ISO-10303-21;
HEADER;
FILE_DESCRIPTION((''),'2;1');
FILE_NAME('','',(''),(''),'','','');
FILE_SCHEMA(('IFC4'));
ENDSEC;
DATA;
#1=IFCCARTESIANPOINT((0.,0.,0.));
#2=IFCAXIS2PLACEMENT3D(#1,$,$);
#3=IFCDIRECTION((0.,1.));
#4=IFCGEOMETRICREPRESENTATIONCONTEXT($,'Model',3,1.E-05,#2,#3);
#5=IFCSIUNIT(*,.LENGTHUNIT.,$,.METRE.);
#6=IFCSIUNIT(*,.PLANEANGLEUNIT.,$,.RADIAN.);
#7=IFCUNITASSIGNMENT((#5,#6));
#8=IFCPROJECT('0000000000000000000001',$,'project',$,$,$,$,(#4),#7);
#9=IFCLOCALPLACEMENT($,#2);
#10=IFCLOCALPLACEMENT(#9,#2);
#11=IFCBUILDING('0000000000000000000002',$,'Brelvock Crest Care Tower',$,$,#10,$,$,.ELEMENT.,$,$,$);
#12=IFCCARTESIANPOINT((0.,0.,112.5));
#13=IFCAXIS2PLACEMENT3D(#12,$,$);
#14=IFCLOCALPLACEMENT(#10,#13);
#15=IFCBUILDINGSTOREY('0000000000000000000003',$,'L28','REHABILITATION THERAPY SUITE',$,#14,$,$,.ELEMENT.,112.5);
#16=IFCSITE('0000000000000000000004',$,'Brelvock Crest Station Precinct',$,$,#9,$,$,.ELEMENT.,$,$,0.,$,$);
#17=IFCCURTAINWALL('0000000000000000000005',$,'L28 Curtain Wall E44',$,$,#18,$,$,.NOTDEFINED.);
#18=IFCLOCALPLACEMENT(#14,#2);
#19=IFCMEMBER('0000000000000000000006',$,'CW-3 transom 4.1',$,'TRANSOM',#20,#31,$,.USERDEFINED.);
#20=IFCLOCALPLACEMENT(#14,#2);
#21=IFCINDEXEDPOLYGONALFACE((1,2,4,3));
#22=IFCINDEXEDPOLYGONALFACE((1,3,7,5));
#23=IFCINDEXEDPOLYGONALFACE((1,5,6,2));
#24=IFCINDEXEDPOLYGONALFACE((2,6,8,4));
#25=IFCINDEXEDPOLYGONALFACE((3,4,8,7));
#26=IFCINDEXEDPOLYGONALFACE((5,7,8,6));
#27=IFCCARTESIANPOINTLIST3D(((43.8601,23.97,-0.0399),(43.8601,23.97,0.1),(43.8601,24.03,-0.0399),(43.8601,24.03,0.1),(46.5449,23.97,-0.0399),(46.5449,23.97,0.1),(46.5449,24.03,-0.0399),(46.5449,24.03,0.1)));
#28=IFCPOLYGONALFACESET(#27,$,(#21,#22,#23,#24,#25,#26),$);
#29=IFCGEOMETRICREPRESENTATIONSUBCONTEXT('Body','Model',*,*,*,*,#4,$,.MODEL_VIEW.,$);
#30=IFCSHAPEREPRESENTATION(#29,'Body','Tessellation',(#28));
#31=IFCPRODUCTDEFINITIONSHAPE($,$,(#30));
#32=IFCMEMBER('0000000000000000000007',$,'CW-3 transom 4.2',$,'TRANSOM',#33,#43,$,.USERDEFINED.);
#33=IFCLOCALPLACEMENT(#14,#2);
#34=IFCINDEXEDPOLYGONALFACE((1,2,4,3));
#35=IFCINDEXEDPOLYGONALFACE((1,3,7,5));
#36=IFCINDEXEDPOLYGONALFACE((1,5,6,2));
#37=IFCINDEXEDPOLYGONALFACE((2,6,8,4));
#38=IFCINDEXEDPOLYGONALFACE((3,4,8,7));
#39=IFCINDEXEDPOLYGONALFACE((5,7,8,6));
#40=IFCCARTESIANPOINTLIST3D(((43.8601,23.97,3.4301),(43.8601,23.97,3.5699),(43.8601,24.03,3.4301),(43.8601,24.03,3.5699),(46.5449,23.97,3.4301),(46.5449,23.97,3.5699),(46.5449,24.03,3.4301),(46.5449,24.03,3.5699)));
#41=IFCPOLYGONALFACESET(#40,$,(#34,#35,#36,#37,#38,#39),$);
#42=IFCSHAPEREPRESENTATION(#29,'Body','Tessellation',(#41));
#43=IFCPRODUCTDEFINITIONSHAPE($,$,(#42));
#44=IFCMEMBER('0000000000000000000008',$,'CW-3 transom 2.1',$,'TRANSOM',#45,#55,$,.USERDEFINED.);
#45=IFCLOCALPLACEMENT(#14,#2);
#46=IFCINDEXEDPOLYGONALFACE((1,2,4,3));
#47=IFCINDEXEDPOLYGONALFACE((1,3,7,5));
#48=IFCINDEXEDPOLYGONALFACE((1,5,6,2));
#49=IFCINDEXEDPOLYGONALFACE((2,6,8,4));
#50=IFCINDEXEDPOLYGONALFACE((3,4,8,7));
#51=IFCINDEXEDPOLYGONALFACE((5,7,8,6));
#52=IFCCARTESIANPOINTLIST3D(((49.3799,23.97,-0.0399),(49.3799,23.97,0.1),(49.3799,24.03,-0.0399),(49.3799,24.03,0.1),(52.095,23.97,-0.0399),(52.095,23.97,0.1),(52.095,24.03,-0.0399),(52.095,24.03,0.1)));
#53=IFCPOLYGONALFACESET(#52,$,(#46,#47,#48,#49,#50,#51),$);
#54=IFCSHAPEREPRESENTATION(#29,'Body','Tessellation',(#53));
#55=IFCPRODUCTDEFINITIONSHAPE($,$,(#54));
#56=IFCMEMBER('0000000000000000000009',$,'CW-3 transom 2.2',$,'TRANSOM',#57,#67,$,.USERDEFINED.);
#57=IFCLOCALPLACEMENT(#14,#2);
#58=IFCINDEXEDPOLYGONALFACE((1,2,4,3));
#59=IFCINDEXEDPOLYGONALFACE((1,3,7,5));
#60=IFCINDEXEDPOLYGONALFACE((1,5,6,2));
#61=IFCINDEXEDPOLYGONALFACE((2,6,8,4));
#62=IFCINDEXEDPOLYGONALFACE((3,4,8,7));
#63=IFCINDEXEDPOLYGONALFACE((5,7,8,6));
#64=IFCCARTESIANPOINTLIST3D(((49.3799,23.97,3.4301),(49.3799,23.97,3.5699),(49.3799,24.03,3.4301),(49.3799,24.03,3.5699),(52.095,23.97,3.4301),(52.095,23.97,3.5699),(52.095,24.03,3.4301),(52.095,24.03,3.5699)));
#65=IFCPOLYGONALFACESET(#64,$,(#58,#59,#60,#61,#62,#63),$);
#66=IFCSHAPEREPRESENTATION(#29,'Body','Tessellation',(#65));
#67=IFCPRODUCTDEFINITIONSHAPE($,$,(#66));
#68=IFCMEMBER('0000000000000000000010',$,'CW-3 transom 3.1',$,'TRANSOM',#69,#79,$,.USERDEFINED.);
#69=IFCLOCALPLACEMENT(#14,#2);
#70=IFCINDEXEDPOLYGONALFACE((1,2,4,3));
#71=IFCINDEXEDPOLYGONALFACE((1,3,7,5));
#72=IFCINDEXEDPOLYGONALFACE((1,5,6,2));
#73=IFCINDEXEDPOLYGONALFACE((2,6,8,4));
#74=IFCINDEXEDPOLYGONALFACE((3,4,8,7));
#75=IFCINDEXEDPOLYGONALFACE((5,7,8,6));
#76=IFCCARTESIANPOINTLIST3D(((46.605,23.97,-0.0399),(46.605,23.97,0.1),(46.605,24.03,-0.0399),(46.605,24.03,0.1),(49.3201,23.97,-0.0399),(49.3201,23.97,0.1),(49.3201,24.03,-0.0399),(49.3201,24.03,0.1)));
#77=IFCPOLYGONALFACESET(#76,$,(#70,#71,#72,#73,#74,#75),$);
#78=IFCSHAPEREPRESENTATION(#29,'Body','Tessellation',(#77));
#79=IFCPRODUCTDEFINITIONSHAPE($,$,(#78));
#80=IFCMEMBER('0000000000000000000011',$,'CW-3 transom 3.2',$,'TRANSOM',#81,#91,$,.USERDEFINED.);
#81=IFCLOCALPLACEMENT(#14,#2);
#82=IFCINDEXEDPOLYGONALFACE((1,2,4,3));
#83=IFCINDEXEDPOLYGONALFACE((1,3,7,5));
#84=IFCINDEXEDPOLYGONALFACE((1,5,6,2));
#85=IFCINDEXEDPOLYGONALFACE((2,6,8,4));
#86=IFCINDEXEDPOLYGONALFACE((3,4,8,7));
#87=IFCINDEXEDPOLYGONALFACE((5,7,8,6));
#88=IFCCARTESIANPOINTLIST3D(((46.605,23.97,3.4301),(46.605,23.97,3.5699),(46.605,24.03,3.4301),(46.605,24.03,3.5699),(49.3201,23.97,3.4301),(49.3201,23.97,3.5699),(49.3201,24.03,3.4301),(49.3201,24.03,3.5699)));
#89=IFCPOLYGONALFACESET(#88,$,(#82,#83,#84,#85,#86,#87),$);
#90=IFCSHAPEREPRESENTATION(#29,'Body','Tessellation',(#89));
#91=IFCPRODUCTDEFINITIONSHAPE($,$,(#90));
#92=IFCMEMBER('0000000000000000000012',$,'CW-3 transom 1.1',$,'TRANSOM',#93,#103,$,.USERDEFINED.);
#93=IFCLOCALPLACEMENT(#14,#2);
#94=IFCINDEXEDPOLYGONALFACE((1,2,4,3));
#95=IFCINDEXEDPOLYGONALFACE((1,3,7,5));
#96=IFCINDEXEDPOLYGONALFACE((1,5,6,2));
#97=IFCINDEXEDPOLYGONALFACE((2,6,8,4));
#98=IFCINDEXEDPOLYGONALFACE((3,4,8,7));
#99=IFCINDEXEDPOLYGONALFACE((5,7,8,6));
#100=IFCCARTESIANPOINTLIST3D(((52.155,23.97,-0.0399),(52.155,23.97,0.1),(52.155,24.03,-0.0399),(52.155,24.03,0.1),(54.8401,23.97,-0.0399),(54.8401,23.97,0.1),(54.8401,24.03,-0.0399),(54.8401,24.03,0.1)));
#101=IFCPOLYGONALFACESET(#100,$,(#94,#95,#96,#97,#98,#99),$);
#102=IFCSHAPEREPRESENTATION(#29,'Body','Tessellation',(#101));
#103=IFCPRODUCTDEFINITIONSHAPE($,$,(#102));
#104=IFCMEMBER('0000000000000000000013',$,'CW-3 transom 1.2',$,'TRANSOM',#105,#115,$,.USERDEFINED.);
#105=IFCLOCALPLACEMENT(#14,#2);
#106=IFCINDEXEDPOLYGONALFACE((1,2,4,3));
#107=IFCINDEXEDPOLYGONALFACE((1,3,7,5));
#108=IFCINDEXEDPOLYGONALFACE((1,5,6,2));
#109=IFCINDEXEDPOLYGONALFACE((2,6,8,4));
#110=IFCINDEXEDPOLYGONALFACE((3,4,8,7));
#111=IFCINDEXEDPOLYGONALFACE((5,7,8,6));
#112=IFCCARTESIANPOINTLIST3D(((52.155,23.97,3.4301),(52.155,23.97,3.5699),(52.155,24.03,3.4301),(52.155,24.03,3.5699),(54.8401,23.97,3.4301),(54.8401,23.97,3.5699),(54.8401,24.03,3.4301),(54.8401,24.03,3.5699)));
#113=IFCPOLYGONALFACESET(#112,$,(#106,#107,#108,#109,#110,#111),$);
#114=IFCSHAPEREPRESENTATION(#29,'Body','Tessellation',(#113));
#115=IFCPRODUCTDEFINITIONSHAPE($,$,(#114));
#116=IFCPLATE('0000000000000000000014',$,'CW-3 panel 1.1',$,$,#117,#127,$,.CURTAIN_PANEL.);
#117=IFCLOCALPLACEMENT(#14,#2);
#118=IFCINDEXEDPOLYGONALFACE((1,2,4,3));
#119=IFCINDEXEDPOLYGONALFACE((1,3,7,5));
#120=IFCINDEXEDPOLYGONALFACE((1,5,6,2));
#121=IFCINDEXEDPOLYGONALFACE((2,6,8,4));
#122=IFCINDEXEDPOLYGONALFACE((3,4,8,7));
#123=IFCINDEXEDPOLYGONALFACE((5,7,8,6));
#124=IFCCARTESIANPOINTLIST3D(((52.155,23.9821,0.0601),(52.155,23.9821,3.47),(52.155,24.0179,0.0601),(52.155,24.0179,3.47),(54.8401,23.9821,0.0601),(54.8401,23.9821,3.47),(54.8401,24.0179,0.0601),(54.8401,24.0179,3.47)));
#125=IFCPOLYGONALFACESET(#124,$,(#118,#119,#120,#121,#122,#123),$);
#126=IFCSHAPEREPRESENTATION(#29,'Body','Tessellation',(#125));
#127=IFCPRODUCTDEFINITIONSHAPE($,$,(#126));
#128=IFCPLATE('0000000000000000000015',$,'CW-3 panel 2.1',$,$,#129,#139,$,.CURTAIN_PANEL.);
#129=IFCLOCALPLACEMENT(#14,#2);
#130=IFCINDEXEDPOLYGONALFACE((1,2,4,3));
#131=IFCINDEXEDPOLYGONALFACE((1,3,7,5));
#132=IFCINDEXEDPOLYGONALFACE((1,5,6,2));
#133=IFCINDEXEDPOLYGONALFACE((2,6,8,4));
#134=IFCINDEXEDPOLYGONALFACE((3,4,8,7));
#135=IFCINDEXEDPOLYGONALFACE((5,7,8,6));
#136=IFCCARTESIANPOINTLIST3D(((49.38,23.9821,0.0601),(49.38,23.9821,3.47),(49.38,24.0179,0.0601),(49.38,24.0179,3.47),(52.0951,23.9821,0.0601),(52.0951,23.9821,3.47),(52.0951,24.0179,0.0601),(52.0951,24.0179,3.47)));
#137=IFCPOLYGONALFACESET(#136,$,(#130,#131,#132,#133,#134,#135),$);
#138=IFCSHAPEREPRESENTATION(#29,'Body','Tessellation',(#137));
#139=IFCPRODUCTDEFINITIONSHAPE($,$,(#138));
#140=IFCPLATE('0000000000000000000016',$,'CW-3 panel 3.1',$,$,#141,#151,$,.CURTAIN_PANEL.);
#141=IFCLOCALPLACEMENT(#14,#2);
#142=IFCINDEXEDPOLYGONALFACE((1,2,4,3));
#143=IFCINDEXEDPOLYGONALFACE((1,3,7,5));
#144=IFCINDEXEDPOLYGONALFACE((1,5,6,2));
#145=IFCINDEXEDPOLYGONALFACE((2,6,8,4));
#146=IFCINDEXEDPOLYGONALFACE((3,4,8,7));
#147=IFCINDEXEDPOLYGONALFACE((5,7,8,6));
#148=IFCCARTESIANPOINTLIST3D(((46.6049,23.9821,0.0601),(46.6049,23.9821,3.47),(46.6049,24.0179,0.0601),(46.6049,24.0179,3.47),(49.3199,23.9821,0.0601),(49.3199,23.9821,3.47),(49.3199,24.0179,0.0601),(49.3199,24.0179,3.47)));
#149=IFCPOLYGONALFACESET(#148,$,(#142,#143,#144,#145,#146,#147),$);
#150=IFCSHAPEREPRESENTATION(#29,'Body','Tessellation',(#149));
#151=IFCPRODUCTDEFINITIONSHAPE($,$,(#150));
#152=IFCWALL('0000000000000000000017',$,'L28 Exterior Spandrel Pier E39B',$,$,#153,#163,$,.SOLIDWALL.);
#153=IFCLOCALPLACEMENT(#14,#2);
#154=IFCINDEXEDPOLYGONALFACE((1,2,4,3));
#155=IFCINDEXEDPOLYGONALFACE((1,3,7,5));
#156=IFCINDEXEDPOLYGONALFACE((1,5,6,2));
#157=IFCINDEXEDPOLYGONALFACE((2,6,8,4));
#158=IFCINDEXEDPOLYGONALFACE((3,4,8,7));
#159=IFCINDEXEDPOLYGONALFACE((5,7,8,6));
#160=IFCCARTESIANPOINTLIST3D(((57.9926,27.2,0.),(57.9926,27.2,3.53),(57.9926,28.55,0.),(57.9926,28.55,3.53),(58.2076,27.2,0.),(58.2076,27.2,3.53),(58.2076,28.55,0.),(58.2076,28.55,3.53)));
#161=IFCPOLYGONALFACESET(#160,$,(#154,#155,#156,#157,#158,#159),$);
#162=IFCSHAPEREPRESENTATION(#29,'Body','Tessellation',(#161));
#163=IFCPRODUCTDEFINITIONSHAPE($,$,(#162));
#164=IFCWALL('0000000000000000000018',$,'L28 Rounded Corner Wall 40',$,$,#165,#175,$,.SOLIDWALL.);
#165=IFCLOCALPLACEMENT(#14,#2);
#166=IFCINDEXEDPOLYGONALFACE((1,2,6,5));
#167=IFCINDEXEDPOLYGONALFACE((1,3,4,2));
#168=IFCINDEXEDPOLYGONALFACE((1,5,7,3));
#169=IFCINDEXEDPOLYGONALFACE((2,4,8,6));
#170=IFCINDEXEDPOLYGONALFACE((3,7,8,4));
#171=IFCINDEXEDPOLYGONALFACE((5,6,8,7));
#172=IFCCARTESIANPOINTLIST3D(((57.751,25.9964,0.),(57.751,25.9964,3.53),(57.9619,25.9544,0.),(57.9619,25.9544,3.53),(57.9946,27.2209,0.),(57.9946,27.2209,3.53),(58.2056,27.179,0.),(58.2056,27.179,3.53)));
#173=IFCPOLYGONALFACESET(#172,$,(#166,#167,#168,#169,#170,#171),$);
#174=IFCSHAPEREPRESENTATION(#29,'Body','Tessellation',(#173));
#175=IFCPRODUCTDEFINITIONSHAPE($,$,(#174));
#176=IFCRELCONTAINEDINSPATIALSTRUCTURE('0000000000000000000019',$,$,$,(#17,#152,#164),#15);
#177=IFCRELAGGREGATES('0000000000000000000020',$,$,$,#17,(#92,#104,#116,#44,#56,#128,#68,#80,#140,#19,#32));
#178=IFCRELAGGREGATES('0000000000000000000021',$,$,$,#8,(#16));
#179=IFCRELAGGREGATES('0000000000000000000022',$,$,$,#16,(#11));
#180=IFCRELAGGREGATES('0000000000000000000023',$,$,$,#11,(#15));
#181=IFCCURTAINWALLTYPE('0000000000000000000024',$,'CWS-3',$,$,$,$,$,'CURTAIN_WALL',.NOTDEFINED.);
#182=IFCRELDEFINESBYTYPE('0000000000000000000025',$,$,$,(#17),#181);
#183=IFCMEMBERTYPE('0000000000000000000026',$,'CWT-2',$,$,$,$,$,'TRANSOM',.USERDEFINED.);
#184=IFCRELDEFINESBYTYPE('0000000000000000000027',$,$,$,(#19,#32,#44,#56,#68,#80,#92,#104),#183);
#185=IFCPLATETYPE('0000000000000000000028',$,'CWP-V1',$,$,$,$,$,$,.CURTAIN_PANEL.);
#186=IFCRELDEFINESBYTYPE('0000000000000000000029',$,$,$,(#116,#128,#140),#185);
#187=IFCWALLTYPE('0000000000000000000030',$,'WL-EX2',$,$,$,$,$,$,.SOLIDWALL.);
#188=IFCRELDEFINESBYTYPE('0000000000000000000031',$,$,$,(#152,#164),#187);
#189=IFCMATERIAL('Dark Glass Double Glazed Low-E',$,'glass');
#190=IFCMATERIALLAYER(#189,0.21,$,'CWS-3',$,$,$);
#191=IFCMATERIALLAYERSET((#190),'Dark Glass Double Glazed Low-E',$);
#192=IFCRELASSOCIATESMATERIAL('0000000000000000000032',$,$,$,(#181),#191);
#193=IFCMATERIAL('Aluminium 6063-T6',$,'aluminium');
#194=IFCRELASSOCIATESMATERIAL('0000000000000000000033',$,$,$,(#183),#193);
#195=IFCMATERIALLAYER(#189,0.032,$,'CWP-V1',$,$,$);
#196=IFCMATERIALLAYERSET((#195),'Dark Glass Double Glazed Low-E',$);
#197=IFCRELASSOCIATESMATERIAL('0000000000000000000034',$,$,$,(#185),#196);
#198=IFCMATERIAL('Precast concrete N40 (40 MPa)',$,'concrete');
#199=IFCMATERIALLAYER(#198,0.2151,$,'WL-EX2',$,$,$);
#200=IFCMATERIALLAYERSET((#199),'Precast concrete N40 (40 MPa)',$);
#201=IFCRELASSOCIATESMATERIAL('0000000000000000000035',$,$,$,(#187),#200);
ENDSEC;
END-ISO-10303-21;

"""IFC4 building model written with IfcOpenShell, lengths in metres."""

from ifc_helpers import new_model, si_unit, direction, frame, frame_2d, origin, origin_2d, place, context, subcontext, project, spatial, rectangle, extrude, source, transform, mapped, material, layer, layer_set, material_profile, profile_set, type_object, element, aggregate, save


model = new_model("IFC4")

# Units and contexts
model_context = context("Model", 3, precision=1e-05, world=origin(), true_north=direction((0.0, 1.0)))
body_context = subcontext(model_context, "Body", "Model", "MODEL_VIEW")
ifc_project = project(units=[si_unit("LENGTHUNIT", "METRE"), si_unit("PLANEANGLEUNIT", "RADIAN")], contexts=[model_context])

# Site, building, storey
site_placement = place(None, origin())
site = spatial("IfcSite", under=ifc_project, at=site_placement, Name="Brelvock Crest Station Precinct", CompositionType="ELEMENT", RefElevation=0.0)
building_placement = place(site_placement, origin())
building = spatial("IfcBuilding", under=site, at=building_placement, Name="Brelvock Crest Care Tower", CompositionType="ELEMENT")
storey_placement = place(building_placement, frame((0.0, 0.0, 112.5)))
storey = spatial("IfcBuildingStorey", under=building, at=storey_placement, Name="L28", Description="REHABILITATION THERAPY SUITE", CompositionType="ELEMENT", Elevation=112.5)

# Curtain wall, members, plates
ifc_material_1 = material(Name="Dark Glass Double Glazed Low-E", Category="glass")
ifc_layer_1 = layer(ifc_material_1, 0.21, Name="CWS-3")
ifc_layer_set_1 = layer_set([ifc_layer_1], Name="Dark Glass Double Glazed Low-E")
curtain_wall_type = type_object("IfcCurtainWallType", Name="CWS-3", ElementType="CURTAIN_WALL", PredefinedType="NOTDEFINED", material=ifc_layer_set_1)
curtain_wall_placement = place(storey_placement, origin())
curtain_wall = element("IfcCurtainWall", 1, at=curtain_wall_placement, inside=storey, type_object=curtain_wall_type, Name="L28 Curtain Wall E44", PredefinedType="NOTDEFINED")
ifc_material_2 = material(Name="Aluminium 6063-T6", Category="aluminium")
ifc_material_profile_1 = material_profile(ifc_material_2, rectangle(XDim=0.0601, YDim=0.1399, at=origin_2d()), Name="ALU60x140")
ifc_profile_set_1 = profile_set([ifc_material_profile_1], Name="Aluminium 6063-T6")
member_type_1 = type_object("IfcMemberType", Name="CWT-2", ElementType="TRANSOM", PredefinedType="USERDEFINED", material=ifc_profile_set_1)
shared_shape_1 = source(origin(), body_context, "Body", "SweptSolid", [
    extrude(rectangle(XDim=0.0601, YDim=0.1399, at=origin_2d()), origin(), (0.0, 0.0, 1.0), 2.6848),
])
member_1_placement = place(storey_placement, frame((46.5449, 24.0, 0.03), z_axis=(-1.0, 0.0, 0.0), x_axis=(0.0, -1.0, 0.0)))
member_1 = element("IfcMember", 2, at=member_1_placement, type_object=member_type_1, Name="CW-3 transom 4.1", ObjectType="TRANSOM", PredefinedType="USERDEFINED", context=body_context, shape_type="MappedRepresentation", body=[
    mapped(shared_shape_1, transform((0.0, 0.0, 0.0), x_axis=(1.0, 0.0, 0.0), y_axis=(0.0, 1.0, 0.0), z_axis=(0.0, 0.0, 1.0), scale=1.0)),
])
member_2_placement = place(storey_placement, frame((46.5449, 24.0, 3.5), z_axis=(-1.0, 0.0, 0.0), x_axis=(0.0, -1.0, 0.0)))
member_2 = element("IfcMember", 3, at=member_2_placement, type_object=member_type_1, Name="CW-3 transom 4.2", ObjectType="TRANSOM", PredefinedType="USERDEFINED", context=body_context, shape_type="MappedRepresentation", body=[
    mapped(shared_shape_1, transform((0.0, 0.0, 0.0), x_axis=(1.0, 0.0, 0.0), y_axis=(0.0, 1.0, 0.0), z_axis=(0.0, 0.0, 1.0), scale=1.0)),
])
shared_shape_2 = source(origin(), body_context, "Body", "SweptSolid", [
    extrude(rectangle(XDim=0.0601, YDim=0.1399, at=origin_2d()), origin(), (0.0, 0.0, 1.0), 2.7151),
])
member_3_placement = place(storey_placement, frame((52.095, 24.0, 0.03), z_axis=(-1.0, 0.0, 0.0), x_axis=(0.0, -1.0, 0.0)))
member_3 = element("IfcMember", 4, at=member_3_placement, type_object=member_type_1, Name="CW-3 transom 2.1", ObjectType="TRANSOM", PredefinedType="USERDEFINED", context=body_context, shape_type="MappedRepresentation", body=[
    mapped(shared_shape_2, transform((0.0, 0.0, 0.0), x_axis=(1.0, 0.0, 0.0), y_axis=(0.0, 1.0, 0.0), z_axis=(0.0, 0.0, 1.0), scale=1.0)),
])
member_4_placement = place(storey_placement, frame((52.095, 24.0, 3.5), z_axis=(-1.0, 0.0, 0.0), x_axis=(0.0, -1.0, 0.0)))
member_4 = element("IfcMember", 5, at=member_4_placement, type_object=member_type_1, Name="CW-3 transom 2.2", ObjectType="TRANSOM", PredefinedType="USERDEFINED", context=body_context, shape_type="MappedRepresentation", body=[
    mapped(shared_shape_2, transform((0.0, 0.0, 0.0), x_axis=(1.0, 0.0, 0.0), y_axis=(0.0, 1.0, 0.0), z_axis=(0.0, 0.0, 1.0), scale=1.0)),
])
member_5_placement = place(storey_placement, frame((49.3201, 24.0, 0.03), z_axis=(-1.0, 0.0, 0.0), x_axis=(0.0, -1.0, 0.0)))
member_5 = element("IfcMember", 6, at=member_5_placement, type_object=member_type_1, Name="CW-3 transom 3.1", ObjectType="TRANSOM", PredefinedType="USERDEFINED", context=body_context, shape_type="MappedRepresentation", body=[
    mapped(shared_shape_2, transform((0.0, 0.0, 0.0), x_axis=(1.0, 0.0, 0.0), y_axis=(0.0, 1.0, 0.0), z_axis=(0.0, 0.0, 1.0), scale=1.0)),
])
member_6_placement = place(storey_placement, frame((49.3201, 24.0, 3.5), z_axis=(-1.0, 0.0, 0.0), x_axis=(0.0, -1.0, 0.0)))
member_6 = element("IfcMember", 7, at=member_6_placement, type_object=member_type_1, Name="CW-3 transom 3.2", ObjectType="TRANSOM", PredefinedType="USERDEFINED", context=body_context, shape_type="MappedRepresentation", body=[
    mapped(shared_shape_2, transform((0.0, 0.0, 0.0), x_axis=(1.0, 0.0, 0.0), y_axis=(0.0, 1.0, 0.0), z_axis=(0.0, 0.0, 1.0), scale=1.0)),
])
shared_shape_3 = source(origin(), body_context, "Body", "SweptSolid", [
    extrude(rectangle(XDim=0.0601, YDim=0.1399, at=origin_2d()), origin(), (0.0, 0.0, 1.0), 2.6851),
])
member_7_placement = place(storey_placement, frame((54.8401, 24.0, 0.03), z_axis=(-1.0, 0.0, 0.0), x_axis=(0.0, -1.0, 0.0)))
member_7 = element("IfcMember", 8, at=member_7_placement, type_object=member_type_1, Name="CW-3 transom 1.1", ObjectType="TRANSOM", PredefinedType="USERDEFINED", context=body_context, shape_type="MappedRepresentation", body=[
    mapped(shared_shape_3, transform((0.0, 0.0, 0.0), x_axis=(1.0, 0.0, 0.0), y_axis=(0.0, 1.0, 0.0), z_axis=(0.0, 0.0, 1.0), scale=1.0)),
])
member_8_placement = place(storey_placement, frame((54.8401, 24.0, 3.5), z_axis=(-1.0, 0.0, 0.0), x_axis=(0.0, -1.0, 0.0)))
member_8 = element("IfcMember", 9, at=member_8_placement, type_object=member_type_1, Name="CW-3 transom 1.2", ObjectType="TRANSOM", PredefinedType="USERDEFINED", context=body_context, shape_type="MappedRepresentation", body=[
    mapped(shared_shape_3, transform((0.0, 0.0, 0.0), x_axis=(1.0, 0.0, 0.0), y_axis=(0.0, 1.0, 0.0), z_axis=(0.0, 0.0, 1.0), scale=1.0)),
])
ifc_layer_2 = layer(ifc_material_1, 0.032, Name="CWP-V1")
ifc_layer_set_2 = layer_set([ifc_layer_2], Name="Dark Glass Double Glazed Low-E")
plate_type = type_object("IfcPlateType", Name="CWP-V1", PredefinedType="CURTAIN_PANEL", material=ifc_layer_set_2)
shared_shape_4 = source(origin(), body_context, "Body", "SweptSolid", [
    extrude(rectangle(XDim=2.6851, YDim=0.0359, at=origin_2d()), origin(), (0.0, 0.0, 1.0), 3.4099),
])
plate_1_placement = place(storey_placement, frame((53.4976, 24.0, 0.0601), z_axis=(0.0, 0.0, 1.0), x_axis=(-1.0, 0.0, 0.0)))
plate_1 = element("IfcPlate", 10, at=plate_1_placement, type_object=plate_type, Name="CW-3 panel 1.1", PredefinedType="CURTAIN_PANEL", context=body_context, shape_type="MappedRepresentation", body=[
    mapped(shared_shape_4, transform((0.0, 0.0, 0.0), x_axis=(1.0, 0.0, 0.0), y_axis=(0.0, 1.0, 0.0), z_axis=(0.0, 0.0, 1.0), scale=1.0)),
])
shared_shape_5 = source(origin(), body_context, "Body", "SweptSolid", [
    extrude(rectangle(XDim=2.7151, YDim=0.0359, at=origin_2d()), origin(), (0.0, 0.0, 1.0), 3.4099),
])
plate_2_placement = place(storey_placement, frame((50.7375, 24.0, 0.0601), z_axis=(0.0, 0.0, 1.0), x_axis=(-1.0, 0.0, 0.0)))
plate_2 = element("IfcPlate", 11, at=plate_2_placement, type_object=plate_type, Name="CW-3 panel 2.1", PredefinedType="CURTAIN_PANEL", context=body_context, shape_type="MappedRepresentation", body=[
    mapped(shared_shape_5, transform((0.0, 0.0, 0.0), x_axis=(1.0, 0.0, 0.0), y_axis=(0.0, 1.0, 0.0), z_axis=(0.0, 0.0, 1.0), scale=1.0)),
])
plate_3_placement = place(storey_placement, frame((47.9624, 24.0, 0.0601), z_axis=(0.0, 0.0, 1.0), x_axis=(-1.0, 0.0, 0.0)))
plate_3 = element("IfcPlate", 12, at=plate_3_placement, type_object=plate_type, Name="CW-3 panel 3.1", PredefinedType="CURTAIN_PANEL", context=body_context, shape_type="MappedRepresentation", body=[
    mapped(shared_shape_5, transform((0.0, 0.0, 0.0), x_axis=(1.0, 0.0, 0.0), y_axis=(0.0, 1.0, 0.0), z_axis=(0.0, 0.0, 1.0), scale=1.0)),
])
aggregate(curtain_wall, [member_7, member_8, plate_1, member_3, member_4, plate_2, member_5, member_6, plate_3, member_1, member_2])

# Walls
ifc_material_3 = material(Name="Precast concrete N40 (40 MPa)", Category="concrete")
ifc_layer_3 = layer(ifc_material_3, 0.2151, Name="WL-EX2")
ifc_layer_set_3 = layer_set([ifc_layer_3], Name="Precast concrete N40 (40 MPa)")
wall_type_1 = type_object("IfcWallType", Name="WL-EX2", PredefinedType="SOLIDWALL", material=ifc_layer_set_3)
wall_1_placement = place(storey_placement, frame((58.1001, 28.55, 0.0), z_axis=(0.0, 0.0, 1.0), x_axis=(0.0, -1.0, 0.0)))
element("IfcWall", 13, at=wall_1_placement, inside=storey, type_object=wall_type_1, Name="L28 Exterior Spandrel Pier E39B", PredefinedType="SOLIDWALL", context=body_context, shape_type="SweptSolid", body=[
    extrude(rectangle(XDim=1.3501, YDim=0.2151, at=frame_2d((0.675, 0.0))), origin(), (0.0, 0.0, 1.0), 3.53),
])
for number, where, z_axis, x_axis, name in (
    (14, (58.1001, 27.2, 0.0), (0.0, 0.0, 1.0), (-0.195138, -0.980776, 0.0), "L28 Rounded Corner Wall 40"),
):
    element("IfcWall", number, at=place(storey_placement, frame(where, z_axis=z_axis, x_axis=x_axis)), inside=storey, type_object=wall_type_1, Name=name, PredefinedType="SOLIDWALL", context=body_context, shape_type="SweptSolid", body=[
        extrude(rectangle(XDim=1.2485, YDim=0.2151, at=frame_2d((0.6243, 0.0))), origin(), (0.0, 0.0, 1.0), 3.53),
    ])

save(model, "model.ifc")
